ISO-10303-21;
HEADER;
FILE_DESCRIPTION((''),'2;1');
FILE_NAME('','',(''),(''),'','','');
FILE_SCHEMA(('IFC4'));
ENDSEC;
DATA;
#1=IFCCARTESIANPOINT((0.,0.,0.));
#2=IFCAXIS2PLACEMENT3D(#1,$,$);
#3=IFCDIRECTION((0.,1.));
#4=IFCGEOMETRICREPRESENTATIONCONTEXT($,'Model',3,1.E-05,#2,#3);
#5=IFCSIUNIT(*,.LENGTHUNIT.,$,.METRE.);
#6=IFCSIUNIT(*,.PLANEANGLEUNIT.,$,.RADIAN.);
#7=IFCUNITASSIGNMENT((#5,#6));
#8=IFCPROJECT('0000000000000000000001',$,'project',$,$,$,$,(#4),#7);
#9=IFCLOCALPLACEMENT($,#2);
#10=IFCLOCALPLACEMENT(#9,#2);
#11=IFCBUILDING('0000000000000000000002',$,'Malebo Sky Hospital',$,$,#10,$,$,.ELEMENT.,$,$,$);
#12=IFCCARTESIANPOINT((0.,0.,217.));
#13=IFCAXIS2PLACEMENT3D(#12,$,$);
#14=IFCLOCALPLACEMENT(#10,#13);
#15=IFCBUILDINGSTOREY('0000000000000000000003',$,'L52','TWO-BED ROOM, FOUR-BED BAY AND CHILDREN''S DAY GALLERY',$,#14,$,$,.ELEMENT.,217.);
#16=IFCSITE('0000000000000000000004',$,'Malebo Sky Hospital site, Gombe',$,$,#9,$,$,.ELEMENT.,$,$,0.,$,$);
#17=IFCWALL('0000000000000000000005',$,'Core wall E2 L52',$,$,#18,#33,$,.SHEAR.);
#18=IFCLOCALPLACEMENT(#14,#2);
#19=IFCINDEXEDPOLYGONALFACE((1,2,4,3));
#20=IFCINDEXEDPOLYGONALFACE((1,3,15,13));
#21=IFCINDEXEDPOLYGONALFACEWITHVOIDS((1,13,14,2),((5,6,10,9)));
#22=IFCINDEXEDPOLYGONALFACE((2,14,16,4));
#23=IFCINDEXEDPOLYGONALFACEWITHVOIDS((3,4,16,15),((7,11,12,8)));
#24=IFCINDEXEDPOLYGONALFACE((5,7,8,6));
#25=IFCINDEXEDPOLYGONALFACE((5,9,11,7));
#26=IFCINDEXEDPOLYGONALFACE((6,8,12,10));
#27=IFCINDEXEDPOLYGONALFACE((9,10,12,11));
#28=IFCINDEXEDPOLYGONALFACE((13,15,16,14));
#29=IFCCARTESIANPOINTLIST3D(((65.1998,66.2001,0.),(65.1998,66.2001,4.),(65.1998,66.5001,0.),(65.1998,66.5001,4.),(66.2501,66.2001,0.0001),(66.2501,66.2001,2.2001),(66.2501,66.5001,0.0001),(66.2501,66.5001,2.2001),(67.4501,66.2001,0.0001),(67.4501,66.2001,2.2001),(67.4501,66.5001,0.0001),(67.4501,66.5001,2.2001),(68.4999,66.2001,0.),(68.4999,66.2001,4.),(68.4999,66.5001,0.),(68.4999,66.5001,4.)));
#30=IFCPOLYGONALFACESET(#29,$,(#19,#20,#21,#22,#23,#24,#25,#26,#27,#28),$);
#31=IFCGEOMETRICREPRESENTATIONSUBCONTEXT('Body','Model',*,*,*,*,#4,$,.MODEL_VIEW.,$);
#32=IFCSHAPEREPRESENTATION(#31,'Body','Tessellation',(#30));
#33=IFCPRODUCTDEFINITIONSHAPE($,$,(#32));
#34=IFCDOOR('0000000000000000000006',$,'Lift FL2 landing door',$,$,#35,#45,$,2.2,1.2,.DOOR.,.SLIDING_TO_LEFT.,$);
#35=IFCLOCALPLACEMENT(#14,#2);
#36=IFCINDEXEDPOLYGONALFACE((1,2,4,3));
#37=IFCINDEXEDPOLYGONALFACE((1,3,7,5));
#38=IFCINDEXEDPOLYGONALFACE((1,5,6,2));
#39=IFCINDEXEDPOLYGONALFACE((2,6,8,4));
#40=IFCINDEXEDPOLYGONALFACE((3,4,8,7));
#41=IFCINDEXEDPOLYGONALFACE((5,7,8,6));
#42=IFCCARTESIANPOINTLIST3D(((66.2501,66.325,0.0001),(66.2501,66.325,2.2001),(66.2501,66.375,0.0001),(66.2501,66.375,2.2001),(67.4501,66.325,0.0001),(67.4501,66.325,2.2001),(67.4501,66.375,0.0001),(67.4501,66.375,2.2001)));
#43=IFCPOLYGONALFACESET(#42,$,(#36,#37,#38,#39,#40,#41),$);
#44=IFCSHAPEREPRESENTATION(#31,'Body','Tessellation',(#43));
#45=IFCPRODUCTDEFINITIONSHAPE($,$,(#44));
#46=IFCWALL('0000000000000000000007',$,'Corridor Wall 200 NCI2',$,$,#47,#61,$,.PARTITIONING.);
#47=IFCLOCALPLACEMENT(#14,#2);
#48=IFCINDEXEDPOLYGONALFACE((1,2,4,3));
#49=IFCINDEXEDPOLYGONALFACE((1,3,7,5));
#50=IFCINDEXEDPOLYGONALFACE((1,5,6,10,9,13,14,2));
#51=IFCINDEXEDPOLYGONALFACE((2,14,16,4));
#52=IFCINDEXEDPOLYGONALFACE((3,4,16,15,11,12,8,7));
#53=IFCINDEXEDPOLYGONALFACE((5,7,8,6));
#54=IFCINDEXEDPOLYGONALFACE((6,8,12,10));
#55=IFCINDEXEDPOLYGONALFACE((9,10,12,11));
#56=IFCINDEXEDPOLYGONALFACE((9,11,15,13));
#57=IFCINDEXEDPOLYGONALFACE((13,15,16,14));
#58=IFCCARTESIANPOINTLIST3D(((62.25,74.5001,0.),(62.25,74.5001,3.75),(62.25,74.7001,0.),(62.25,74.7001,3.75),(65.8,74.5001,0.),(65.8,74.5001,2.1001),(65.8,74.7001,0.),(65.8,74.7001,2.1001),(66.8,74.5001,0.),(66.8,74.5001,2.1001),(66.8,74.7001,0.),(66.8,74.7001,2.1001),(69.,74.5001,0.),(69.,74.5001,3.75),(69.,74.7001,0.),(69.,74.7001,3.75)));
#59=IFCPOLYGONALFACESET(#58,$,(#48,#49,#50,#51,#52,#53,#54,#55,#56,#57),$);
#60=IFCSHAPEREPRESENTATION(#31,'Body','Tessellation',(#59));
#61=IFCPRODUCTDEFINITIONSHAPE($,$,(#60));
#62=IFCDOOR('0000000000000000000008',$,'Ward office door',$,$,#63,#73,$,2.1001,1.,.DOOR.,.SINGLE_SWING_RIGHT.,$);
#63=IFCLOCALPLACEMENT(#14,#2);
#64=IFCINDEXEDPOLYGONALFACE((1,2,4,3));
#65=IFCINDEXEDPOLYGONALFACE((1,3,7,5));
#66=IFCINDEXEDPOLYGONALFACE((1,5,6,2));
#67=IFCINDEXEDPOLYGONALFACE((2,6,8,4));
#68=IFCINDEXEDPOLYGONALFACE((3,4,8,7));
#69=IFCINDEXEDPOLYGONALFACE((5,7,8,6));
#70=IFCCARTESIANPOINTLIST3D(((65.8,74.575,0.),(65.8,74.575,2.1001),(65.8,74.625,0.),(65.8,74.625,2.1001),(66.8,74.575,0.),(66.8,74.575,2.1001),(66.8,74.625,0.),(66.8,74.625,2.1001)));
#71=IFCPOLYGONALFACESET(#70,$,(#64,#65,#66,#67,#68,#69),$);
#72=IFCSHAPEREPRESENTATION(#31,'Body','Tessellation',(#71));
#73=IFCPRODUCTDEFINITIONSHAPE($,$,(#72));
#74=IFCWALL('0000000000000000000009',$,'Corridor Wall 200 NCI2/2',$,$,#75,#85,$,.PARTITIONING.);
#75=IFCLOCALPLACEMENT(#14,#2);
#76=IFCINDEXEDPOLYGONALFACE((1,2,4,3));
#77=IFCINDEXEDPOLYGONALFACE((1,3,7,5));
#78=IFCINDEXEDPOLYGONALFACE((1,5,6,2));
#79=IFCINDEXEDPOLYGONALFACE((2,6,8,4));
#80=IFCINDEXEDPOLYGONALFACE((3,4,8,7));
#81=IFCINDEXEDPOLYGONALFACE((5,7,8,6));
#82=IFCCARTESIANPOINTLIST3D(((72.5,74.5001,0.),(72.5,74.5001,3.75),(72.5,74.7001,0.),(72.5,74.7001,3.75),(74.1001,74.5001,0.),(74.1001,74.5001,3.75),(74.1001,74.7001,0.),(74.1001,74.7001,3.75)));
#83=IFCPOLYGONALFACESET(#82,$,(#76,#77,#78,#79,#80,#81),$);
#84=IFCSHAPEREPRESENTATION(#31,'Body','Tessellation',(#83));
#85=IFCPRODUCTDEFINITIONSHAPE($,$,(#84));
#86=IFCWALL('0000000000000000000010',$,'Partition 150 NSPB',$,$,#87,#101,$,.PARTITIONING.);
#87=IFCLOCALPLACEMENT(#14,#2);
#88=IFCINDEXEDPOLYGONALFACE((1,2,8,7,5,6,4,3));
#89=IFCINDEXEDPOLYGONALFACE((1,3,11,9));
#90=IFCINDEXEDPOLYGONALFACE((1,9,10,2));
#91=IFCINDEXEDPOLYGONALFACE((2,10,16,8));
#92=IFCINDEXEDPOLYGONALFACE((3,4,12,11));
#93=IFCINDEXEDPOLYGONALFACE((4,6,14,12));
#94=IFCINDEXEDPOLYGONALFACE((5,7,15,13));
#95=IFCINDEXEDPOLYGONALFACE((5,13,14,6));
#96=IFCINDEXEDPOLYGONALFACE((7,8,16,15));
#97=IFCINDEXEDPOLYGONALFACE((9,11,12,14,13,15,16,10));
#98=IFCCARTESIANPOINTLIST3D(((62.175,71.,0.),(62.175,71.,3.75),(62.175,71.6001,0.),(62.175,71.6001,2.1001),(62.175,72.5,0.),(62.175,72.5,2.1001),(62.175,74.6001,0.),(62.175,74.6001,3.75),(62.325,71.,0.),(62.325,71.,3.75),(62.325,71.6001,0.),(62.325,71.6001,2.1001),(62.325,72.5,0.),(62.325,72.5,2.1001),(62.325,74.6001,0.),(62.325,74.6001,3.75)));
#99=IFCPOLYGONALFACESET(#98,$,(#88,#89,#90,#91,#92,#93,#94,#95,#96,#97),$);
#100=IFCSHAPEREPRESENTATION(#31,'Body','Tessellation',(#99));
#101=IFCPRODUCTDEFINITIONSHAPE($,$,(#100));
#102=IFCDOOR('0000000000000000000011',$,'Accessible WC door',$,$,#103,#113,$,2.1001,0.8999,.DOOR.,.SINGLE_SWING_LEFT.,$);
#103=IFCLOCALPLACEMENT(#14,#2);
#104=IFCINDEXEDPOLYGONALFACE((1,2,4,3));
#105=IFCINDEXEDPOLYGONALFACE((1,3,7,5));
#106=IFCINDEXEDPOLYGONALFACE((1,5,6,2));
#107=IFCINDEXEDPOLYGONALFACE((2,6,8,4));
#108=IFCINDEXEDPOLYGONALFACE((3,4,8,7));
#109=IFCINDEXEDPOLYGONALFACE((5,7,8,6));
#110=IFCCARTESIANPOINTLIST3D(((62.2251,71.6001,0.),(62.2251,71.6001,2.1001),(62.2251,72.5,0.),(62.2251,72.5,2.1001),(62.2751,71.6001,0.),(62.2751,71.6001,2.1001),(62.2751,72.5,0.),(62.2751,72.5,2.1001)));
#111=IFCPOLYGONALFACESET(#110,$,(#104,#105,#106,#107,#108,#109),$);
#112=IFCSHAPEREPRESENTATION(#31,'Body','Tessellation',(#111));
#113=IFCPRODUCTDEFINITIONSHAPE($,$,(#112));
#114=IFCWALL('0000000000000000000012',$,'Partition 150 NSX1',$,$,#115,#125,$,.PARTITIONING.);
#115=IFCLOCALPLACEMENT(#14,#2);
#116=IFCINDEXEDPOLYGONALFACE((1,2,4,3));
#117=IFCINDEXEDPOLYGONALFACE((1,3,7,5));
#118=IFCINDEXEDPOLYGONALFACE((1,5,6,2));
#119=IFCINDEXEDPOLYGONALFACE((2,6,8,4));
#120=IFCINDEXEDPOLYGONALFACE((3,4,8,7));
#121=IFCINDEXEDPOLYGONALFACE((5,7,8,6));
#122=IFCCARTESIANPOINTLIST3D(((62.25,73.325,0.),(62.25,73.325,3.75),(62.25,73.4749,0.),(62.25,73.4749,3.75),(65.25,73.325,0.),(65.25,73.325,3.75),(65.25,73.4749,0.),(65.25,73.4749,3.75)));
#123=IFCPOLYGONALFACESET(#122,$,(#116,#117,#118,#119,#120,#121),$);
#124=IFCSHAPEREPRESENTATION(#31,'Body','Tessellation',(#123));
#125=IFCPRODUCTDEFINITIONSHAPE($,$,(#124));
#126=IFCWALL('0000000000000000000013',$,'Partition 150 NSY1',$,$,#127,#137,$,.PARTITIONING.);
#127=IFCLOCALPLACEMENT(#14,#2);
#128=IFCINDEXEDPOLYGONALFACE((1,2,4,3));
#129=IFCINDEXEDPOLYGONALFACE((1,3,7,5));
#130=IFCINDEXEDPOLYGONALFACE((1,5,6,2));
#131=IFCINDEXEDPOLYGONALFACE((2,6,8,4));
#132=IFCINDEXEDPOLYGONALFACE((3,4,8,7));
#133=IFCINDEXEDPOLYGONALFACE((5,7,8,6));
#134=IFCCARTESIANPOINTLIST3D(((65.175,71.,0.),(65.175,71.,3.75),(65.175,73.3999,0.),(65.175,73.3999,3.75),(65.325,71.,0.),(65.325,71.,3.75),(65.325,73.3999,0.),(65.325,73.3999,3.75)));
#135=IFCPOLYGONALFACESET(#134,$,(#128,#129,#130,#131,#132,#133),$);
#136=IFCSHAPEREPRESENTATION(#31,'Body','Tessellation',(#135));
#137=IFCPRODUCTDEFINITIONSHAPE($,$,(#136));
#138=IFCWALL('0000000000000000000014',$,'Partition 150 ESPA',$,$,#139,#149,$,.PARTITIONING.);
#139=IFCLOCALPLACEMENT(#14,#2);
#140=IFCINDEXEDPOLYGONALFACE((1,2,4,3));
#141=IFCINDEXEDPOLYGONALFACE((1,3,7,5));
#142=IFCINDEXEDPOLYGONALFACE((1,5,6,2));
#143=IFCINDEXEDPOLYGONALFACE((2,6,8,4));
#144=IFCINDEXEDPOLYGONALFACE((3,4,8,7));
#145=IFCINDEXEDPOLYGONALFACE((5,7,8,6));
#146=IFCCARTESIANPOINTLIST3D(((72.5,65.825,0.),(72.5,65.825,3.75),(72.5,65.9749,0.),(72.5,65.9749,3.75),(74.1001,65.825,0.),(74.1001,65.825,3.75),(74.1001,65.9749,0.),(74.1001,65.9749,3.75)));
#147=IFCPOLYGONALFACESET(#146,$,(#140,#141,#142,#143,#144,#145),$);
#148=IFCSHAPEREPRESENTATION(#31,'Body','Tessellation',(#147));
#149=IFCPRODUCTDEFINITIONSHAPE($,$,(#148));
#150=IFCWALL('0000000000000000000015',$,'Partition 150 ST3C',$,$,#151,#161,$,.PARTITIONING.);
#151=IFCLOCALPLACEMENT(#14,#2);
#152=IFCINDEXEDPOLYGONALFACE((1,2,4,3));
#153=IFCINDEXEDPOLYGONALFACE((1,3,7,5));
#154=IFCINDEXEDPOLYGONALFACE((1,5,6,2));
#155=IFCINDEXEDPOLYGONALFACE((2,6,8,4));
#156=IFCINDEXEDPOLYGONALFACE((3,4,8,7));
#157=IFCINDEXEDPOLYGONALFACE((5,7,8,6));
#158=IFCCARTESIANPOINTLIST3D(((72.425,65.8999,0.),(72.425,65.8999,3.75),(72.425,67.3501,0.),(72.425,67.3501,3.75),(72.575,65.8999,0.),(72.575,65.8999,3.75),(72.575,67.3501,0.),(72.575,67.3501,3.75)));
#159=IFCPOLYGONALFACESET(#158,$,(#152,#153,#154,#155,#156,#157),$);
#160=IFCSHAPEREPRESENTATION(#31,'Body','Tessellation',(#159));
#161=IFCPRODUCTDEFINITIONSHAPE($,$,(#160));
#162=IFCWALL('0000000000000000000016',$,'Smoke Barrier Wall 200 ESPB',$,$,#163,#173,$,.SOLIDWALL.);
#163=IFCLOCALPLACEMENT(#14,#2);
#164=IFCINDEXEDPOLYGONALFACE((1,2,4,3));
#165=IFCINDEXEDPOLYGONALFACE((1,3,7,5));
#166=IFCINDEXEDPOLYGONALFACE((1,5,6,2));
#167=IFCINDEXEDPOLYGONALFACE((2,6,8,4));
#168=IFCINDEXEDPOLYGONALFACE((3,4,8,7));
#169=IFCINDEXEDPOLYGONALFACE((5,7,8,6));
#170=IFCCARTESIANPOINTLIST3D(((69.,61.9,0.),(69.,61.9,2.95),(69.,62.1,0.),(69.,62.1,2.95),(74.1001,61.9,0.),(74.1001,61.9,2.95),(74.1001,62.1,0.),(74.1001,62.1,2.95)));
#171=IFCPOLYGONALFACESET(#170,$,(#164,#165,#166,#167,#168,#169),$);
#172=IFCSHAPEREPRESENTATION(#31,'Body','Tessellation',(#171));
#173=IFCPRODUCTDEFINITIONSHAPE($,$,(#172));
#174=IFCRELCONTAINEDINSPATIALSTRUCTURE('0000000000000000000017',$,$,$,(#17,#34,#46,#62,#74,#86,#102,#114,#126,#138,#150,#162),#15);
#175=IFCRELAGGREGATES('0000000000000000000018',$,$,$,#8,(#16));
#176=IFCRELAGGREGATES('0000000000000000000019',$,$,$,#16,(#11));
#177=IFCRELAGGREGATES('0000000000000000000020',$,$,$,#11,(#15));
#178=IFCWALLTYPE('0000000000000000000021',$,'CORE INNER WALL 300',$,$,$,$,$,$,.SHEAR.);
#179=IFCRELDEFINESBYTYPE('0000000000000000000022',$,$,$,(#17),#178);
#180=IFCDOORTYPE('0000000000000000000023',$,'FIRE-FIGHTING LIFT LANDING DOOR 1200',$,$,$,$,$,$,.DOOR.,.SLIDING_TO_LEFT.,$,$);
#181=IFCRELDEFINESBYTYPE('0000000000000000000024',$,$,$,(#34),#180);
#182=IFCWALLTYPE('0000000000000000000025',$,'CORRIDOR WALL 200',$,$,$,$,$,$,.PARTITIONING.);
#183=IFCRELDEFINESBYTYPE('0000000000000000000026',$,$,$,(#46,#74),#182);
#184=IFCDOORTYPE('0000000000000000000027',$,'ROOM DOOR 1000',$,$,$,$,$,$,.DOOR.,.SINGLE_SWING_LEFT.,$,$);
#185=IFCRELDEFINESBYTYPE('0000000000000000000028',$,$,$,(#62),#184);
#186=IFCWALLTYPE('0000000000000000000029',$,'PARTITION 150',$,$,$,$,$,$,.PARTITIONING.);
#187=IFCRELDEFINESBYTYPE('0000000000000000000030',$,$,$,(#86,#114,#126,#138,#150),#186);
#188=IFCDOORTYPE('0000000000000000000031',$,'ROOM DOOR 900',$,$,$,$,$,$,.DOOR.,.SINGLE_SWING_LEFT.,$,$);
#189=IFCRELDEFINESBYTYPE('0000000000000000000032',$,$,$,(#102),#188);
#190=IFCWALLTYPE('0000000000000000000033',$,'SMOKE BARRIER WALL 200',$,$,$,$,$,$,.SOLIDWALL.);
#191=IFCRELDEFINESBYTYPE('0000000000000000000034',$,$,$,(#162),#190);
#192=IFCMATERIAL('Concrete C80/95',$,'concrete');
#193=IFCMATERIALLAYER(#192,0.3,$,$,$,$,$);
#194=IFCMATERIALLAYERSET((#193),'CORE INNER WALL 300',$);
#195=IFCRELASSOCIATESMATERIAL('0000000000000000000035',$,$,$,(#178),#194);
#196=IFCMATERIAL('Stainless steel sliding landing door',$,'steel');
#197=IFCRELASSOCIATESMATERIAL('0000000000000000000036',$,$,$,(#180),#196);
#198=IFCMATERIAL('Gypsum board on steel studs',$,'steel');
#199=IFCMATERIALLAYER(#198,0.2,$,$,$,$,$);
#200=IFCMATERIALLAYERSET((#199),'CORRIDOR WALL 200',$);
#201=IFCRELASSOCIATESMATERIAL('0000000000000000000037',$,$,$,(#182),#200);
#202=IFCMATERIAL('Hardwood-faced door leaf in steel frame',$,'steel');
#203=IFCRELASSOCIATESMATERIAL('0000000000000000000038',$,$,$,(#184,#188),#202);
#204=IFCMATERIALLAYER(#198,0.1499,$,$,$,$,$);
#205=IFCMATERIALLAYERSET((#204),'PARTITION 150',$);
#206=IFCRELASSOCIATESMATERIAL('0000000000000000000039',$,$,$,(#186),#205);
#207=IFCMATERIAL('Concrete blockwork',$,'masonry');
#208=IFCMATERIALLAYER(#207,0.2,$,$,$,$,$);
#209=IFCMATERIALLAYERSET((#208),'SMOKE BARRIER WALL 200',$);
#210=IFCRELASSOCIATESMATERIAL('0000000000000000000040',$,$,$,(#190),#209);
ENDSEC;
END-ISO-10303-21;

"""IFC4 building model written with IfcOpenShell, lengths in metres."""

from ifc_helpers import new_model, si_unit, direction, frame, frame_2d, origin, place, context, subcontext, project, spatial, rectangle, extrude, material, layer, layer_set, type_object, element, fill, save


model = new_model("IFC4")

# Units and contexts
model_context = context("Model", 3, precision=1e-05, world=origin(), true_north=direction((0.0, 1.0)))
body_context = subcontext(model_context, "Body", "Model", "MODEL_VIEW")
ifc_project = project(units=[si_unit("LENGTHUNIT", "METRE"), si_unit("PLANEANGLEUNIT", "RADIAN")], contexts=[model_context])

# Site, building, storey
site_placement = place(None, origin())
site = spatial("IfcSite", under=ifc_project, at=site_placement, Name="Malebo Sky Hospital site, Gombe", CompositionType="ELEMENT", RefElevation=0.0)
building_placement = place(site_placement, origin())
building = spatial("IfcBuilding", under=site, at=building_placement, Name="Malebo Sky Hospital", CompositionType="ELEMENT")
storey_placement = place(building_placement, frame((0.0, 0.0, 217.0)))
storey = spatial("IfcBuildingStorey", under=building, at=storey_placement, Name="L52", Description="TWO-BED ROOM, FOUR-BED BAY AND CHILDREN'S DAY GALLERY", CompositionType="ELEMENT", Elevation=217.0)

# Shared definitions
ifc_material_1 = material(Name="Concrete C80/95", Category="concrete")

# Walls, openings, doors
ifc_layer_1 = layer(ifc_material_1, 0.3)
ifc_layer_set_1 = layer_set([ifc_layer_1], Name="CORE INNER WALL 300")
wall_type_1 = type_object("IfcWallType", Name="CORE INNER WALL 300", PredefinedType="SHEAR", material=ifc_layer_set_1)
wall_1_placement = place(storey_placement, frame((65.2, 66.3501, 0.0), z_axis=(0.0, 0.0, 1.0), x_axis=(1.0, 0.0, 0.0)))
wall_1 = element("IfcWall", 1, at=wall_1_placement, inside=storey, type_object=wall_type_1, Name="Core wall E2 L52", PredefinedType="SHEAR", context=body_context, shape_type="SweptSolid", body=[
    extrude(rectangle(XDim=3.3, YDim=0.3, at=frame_2d((1.6499, 0.0))), origin(), (0.0, 0.0, 1.0), 4.0),
])
opening_1_placement = place(wall_1_placement, frame((1.05, 0.0, 0.0)))
opening_1 = element("IfcOpeningElement", 2, at=opening_1_placement, cuts=wall_1, PredefinedType="OPENING", context=body_context, shape_type="SweptSolid", body=[
    extrude(rectangle(XDim=1.2, YDim=2.2, at=frame_2d((0.6001, 1.1001))), frame((0.0, 0.1599, 0.0), z_axis=(0.0, -1.0, 0.0), x_axis=(1.0, 0.0, 0.0)), (0.0, 0.0, 1.0), 0.3201),
])
ifc_material_2 = material(Name="Stainless steel sliding landing door", Category="steel")
door_type_1 = type_object("IfcDoorType", Name="FIRE-FIGHTING LIFT LANDING DOOR 1200", OperationType="SLIDING_TO_LEFT", PredefinedType="DOOR", material=ifc_material_2)
door_1_placement = place(opening_1_placement, origin())
door_1 = element("IfcDoor", 3, at=door_1_placement, inside=storey, type_object=door_type_1, Name="Lift FL2 landing door", OperationType="SLIDING_TO_LEFT", OverallHeight=2.2, OverallWidth=1.2, PredefinedType="DOOR", context=body_context, shape_type="SweptSolid", body=[
    extrude(rectangle(XDim=1.2, YDim=2.2, at=frame_2d((0.6001, 1.1001))), frame((0.0, 0.0249, 0.0), z_axis=(0.0, -1.0, 0.0), x_axis=(1.0, 0.0, 0.0)), (0.0, 0.0, 1.0), 0.05),
])
fill(opening_1, door_1)
ifc_material_3 = material(Name="Gypsum board on steel studs", Category="steel")
ifc_layer_2 = layer(ifc_material_3, 0.2)
ifc_layer_set_2 = layer_set([ifc_layer_2], Name="CORRIDOR WALL 200")
wall_type_2 = type_object("IfcWallType", Name="CORRIDOR WALL 200", PredefinedType="PARTITIONING", material=ifc_layer_set_2)
wall_2_placement = place(storey_placement, frame((62.25, 74.6001, 0.0), z_axis=(0.0, 0.0, 1.0), x_axis=(1.0, 0.0, 0.0)))
wall_2 = element("IfcWall", 4, at=wall_2_placement, inside=storey, type_object=wall_type_2, Name="Corridor Wall 200 NCI2", PredefinedType="PARTITIONING", context=body_context, shape_type="SweptSolid", body=[
    extrude(rectangle(XDim=6.75, YDim=0.2, at=frame_2d((3.375, 0.0))), origin(), (0.0, 0.0, 1.0), 3.75),
])
opening_2_placement = place(wall_2_placement, frame((3.55, 0.0, 0.0)))
opening_2 = element("IfcOpeningElement", 5, at=opening_2_placement, cuts=wall_2, PredefinedType="OPENING", context=body_context, shape_type="SweptSolid", body=[
    extrude(rectangle(XDim=1.0, YDim=2.1001, at=frame_2d((0.5, 1.05))), frame((0.0, 0.1099, 0.0), z_axis=(0.0, -1.0, 0.0), x_axis=(1.0, 0.0, 0.0)), (0.0, 0.0, 1.0), 0.22),
])
ifc_material_4 = material(Name="Hardwood-faced door leaf in steel frame", Category="steel")
door_type_2 = type_object("IfcDoorType", Name="ROOM DOOR 1000", OperationType="SINGLE_SWING_LEFT", PredefinedType="DOOR", material=ifc_material_4)
door_2_placement = place(opening_2_placement, origin())
door_2 = element("IfcDoor", 6, at=door_2_placement, inside=storey, type_object=door_type_2, Name="Ward office door", OperationType="SINGLE_SWING_RIGHT", OverallHeight=2.1001, OverallWidth=1.0, PredefinedType="DOOR", context=body_context, shape_type="SweptSolid", body=[
    extrude(rectangle(XDim=1.0, YDim=2.1001, at=frame_2d((0.5, 1.05))), frame((0.0, 0.0249, 0.0), z_axis=(0.0, -1.0, 0.0), x_axis=(1.0, 0.0, 0.0)), (0.0, 0.0, 1.0), 0.05),
])
fill(opening_2, door_2)

# Wall
wall_3_placement = place(storey_placement, frame((72.5, 74.6001, 0.0), z_axis=(0.0, 0.0, 1.0), x_axis=(1.0, 0.0, 0.0)))
element("IfcWall", 7, at=wall_3_placement, inside=storey, type_object=wall_type_2, Name="Corridor Wall 200 NCI2/2", PredefinedType="PARTITIONING", context=body_context, shape_type="SweptSolid", body=[
    extrude(rectangle(XDim=1.6001, YDim=0.2, at=frame_2d((0.8, 0.0))), origin(), (0.0, 0.0, 1.0), 3.75),
])

# Wall, opening, door
ifc_layer_3 = layer(ifc_material_3, 0.1499)
ifc_layer_set_3 = layer_set([ifc_layer_3], Name="PARTITION 150")
wall_type_3 = type_object("IfcWallType", Name="PARTITION 150", PredefinedType="PARTITIONING", material=ifc_layer_set_3)
wall_4_placement = place(storey_placement, frame((62.25, 71.0, 0.0), z_axis=(0.0, 0.0, 1.0), x_axis=(0.0, 1.0, 0.0)))
wall_4 = element("IfcWall", 8, at=wall_4_placement, inside=storey, type_object=wall_type_3, Name="Partition 150 NSPB", PredefinedType="PARTITIONING", context=body_context, shape_type="SweptSolid", body=[
    extrude(rectangle(XDim=3.6001, YDim=0.1499, at=frame_2d((1.8, 0.0))), origin(), (0.0, 0.0, 1.0), 3.75),
])
opening_3_placement = place(wall_4_placement, frame((0.6001, 0.0, 0.0)))
opening_3 = element("IfcOpeningElement", 9, at=opening_3_placement, cuts=wall_4, PredefinedType="OPENING", context=body_context, shape_type="SweptSolid", body=[
    extrude(rectangle(XDim=0.8999, YDim=2.1001, at=frame_2d((0.45, 1.05))), frame((0.0, 0.085, 0.0), z_axis=(0.0, -1.0, 0.0), x_axis=(1.0, 0.0, 0.0)), (0.0, 0.0, 1.0), 0.1699),
])
door_type_3 = type_object("IfcDoorType", Name="ROOM DOOR 900", OperationType="SINGLE_SWING_LEFT", PredefinedType="DOOR", material=ifc_material_4)
door_3_placement = place(opening_3_placement, origin())
door_3 = element("IfcDoor", 10, at=door_3_placement, inside=storey, type_object=door_type_3, Name="Accessible WC door", OperationType="SINGLE_SWING_LEFT", OverallHeight=2.1001, OverallWidth=0.8999, PredefinedType="DOOR", context=body_context, shape_type="SweptSolid", body=[
    extrude(rectangle(XDim=0.8999, YDim=2.1001, at=frame_2d((0.45, 1.05))), frame((0.0, 0.0249, 0.0), z_axis=(0.0, -1.0, 0.0), x_axis=(1.0, 0.0, 0.0)), (0.0, 0.0, 1.0), 0.05),
])
fill(opening_3, door_3)

# Walls
wall_5_placement = place(storey_placement, frame((62.25, 73.3999, 0.0), z_axis=(0.0, 0.0, 1.0), x_axis=(1.0, 0.0, 0.0)))
element("IfcWall", 11, at=wall_5_placement, inside=storey, type_object=wall_type_3, Name="Partition 150 NSX1", PredefinedType="PARTITIONING", context=body_context, shape_type="SweptSolid", body=[
    extrude(rectangle(XDim=3.0, YDim=0.1499, at=frame_2d((1.5, 0.0))), origin(), (0.0, 0.0, 1.0), 3.75),
])
wall_6_placement = place(storey_placement, frame((65.25, 71.0, 0.0), z_axis=(0.0, 0.0, 1.0), x_axis=(0.0, 1.0, 0.0)))
element("IfcWall", 12, at=wall_6_placement, inside=storey, type_object=wall_type_3, Name="Partition 150 NSY1", PredefinedType="PARTITIONING", context=body_context, shape_type="SweptSolid", body=[
    extrude(rectangle(XDim=2.3999, YDim=0.1499, at=frame_2d((1.2, 0.0))), origin(), (0.0, 0.0, 1.0), 3.75),
])
wall_7_placement = place(storey_placement, frame((72.5, 65.8999, 0.0), z_axis=(0.0, 0.0, 1.0), x_axis=(1.0, 0.0, 0.0)))
element("IfcWall", 13, at=wall_7_placement, inside=storey, type_object=wall_type_3, Name="Partition 150 ESPA", PredefinedType="PARTITIONING", context=body_context, shape_type="SweptSolid", body=[
    extrude(rectangle(XDim=1.6001, YDim=0.1499, at=frame_2d((0.8, 0.0))), origin(), (0.0, 0.0, 1.0), 3.75),
])
wall_8_placement = place(storey_placement, frame((72.5, 65.8999, 0.0), z_axis=(0.0, 0.0, 1.0), x_axis=(0.0, 1.0, 0.0)))
element("IfcWall", 14, at=wall_8_placement, inside=storey, type_object=wall_type_3, Name="Partition 150 ST3C", PredefinedType="PARTITIONING", context=body_context, shape_type="SweptSolid", body=[
    extrude(rectangle(XDim=1.4502, YDim=0.1499, at=frame_2d((0.7251, 0.0))), origin(), (0.0, 0.0, 1.0), 3.75),
])
ifc_material_5 = material(Name="Concrete blockwork", Category="masonry")
ifc_layer_4 = layer(ifc_material_5, 0.2)
ifc_layer_set_4 = layer_set([ifc_layer_4], Name="SMOKE BARRIER WALL 200")
wall_type_4 = type_object("IfcWallType", Name="SMOKE BARRIER WALL 200", PredefinedType="SOLIDWALL", material=ifc_layer_set_4)
wall_9_placement = place(storey_placement, frame((69.0, 62.0, 0.0), z_axis=(0.0, 0.0, 1.0), x_axis=(1.0, 0.0, 0.0)))
element("IfcWall", 15, at=wall_9_placement, inside=storey, type_object=wall_type_4, Name="Smoke Barrier Wall 200 ESPB", PredefinedType="SOLIDWALL", context=body_context, shape_type="SweptSolid", body=[
    extrude(rectangle(XDim=5.1001, YDim=0.2, at=frame_2d((2.55, 0.0))), origin(), (0.0, 0.0, 1.0), 2.95),
])

save(model, "model.ifc")
